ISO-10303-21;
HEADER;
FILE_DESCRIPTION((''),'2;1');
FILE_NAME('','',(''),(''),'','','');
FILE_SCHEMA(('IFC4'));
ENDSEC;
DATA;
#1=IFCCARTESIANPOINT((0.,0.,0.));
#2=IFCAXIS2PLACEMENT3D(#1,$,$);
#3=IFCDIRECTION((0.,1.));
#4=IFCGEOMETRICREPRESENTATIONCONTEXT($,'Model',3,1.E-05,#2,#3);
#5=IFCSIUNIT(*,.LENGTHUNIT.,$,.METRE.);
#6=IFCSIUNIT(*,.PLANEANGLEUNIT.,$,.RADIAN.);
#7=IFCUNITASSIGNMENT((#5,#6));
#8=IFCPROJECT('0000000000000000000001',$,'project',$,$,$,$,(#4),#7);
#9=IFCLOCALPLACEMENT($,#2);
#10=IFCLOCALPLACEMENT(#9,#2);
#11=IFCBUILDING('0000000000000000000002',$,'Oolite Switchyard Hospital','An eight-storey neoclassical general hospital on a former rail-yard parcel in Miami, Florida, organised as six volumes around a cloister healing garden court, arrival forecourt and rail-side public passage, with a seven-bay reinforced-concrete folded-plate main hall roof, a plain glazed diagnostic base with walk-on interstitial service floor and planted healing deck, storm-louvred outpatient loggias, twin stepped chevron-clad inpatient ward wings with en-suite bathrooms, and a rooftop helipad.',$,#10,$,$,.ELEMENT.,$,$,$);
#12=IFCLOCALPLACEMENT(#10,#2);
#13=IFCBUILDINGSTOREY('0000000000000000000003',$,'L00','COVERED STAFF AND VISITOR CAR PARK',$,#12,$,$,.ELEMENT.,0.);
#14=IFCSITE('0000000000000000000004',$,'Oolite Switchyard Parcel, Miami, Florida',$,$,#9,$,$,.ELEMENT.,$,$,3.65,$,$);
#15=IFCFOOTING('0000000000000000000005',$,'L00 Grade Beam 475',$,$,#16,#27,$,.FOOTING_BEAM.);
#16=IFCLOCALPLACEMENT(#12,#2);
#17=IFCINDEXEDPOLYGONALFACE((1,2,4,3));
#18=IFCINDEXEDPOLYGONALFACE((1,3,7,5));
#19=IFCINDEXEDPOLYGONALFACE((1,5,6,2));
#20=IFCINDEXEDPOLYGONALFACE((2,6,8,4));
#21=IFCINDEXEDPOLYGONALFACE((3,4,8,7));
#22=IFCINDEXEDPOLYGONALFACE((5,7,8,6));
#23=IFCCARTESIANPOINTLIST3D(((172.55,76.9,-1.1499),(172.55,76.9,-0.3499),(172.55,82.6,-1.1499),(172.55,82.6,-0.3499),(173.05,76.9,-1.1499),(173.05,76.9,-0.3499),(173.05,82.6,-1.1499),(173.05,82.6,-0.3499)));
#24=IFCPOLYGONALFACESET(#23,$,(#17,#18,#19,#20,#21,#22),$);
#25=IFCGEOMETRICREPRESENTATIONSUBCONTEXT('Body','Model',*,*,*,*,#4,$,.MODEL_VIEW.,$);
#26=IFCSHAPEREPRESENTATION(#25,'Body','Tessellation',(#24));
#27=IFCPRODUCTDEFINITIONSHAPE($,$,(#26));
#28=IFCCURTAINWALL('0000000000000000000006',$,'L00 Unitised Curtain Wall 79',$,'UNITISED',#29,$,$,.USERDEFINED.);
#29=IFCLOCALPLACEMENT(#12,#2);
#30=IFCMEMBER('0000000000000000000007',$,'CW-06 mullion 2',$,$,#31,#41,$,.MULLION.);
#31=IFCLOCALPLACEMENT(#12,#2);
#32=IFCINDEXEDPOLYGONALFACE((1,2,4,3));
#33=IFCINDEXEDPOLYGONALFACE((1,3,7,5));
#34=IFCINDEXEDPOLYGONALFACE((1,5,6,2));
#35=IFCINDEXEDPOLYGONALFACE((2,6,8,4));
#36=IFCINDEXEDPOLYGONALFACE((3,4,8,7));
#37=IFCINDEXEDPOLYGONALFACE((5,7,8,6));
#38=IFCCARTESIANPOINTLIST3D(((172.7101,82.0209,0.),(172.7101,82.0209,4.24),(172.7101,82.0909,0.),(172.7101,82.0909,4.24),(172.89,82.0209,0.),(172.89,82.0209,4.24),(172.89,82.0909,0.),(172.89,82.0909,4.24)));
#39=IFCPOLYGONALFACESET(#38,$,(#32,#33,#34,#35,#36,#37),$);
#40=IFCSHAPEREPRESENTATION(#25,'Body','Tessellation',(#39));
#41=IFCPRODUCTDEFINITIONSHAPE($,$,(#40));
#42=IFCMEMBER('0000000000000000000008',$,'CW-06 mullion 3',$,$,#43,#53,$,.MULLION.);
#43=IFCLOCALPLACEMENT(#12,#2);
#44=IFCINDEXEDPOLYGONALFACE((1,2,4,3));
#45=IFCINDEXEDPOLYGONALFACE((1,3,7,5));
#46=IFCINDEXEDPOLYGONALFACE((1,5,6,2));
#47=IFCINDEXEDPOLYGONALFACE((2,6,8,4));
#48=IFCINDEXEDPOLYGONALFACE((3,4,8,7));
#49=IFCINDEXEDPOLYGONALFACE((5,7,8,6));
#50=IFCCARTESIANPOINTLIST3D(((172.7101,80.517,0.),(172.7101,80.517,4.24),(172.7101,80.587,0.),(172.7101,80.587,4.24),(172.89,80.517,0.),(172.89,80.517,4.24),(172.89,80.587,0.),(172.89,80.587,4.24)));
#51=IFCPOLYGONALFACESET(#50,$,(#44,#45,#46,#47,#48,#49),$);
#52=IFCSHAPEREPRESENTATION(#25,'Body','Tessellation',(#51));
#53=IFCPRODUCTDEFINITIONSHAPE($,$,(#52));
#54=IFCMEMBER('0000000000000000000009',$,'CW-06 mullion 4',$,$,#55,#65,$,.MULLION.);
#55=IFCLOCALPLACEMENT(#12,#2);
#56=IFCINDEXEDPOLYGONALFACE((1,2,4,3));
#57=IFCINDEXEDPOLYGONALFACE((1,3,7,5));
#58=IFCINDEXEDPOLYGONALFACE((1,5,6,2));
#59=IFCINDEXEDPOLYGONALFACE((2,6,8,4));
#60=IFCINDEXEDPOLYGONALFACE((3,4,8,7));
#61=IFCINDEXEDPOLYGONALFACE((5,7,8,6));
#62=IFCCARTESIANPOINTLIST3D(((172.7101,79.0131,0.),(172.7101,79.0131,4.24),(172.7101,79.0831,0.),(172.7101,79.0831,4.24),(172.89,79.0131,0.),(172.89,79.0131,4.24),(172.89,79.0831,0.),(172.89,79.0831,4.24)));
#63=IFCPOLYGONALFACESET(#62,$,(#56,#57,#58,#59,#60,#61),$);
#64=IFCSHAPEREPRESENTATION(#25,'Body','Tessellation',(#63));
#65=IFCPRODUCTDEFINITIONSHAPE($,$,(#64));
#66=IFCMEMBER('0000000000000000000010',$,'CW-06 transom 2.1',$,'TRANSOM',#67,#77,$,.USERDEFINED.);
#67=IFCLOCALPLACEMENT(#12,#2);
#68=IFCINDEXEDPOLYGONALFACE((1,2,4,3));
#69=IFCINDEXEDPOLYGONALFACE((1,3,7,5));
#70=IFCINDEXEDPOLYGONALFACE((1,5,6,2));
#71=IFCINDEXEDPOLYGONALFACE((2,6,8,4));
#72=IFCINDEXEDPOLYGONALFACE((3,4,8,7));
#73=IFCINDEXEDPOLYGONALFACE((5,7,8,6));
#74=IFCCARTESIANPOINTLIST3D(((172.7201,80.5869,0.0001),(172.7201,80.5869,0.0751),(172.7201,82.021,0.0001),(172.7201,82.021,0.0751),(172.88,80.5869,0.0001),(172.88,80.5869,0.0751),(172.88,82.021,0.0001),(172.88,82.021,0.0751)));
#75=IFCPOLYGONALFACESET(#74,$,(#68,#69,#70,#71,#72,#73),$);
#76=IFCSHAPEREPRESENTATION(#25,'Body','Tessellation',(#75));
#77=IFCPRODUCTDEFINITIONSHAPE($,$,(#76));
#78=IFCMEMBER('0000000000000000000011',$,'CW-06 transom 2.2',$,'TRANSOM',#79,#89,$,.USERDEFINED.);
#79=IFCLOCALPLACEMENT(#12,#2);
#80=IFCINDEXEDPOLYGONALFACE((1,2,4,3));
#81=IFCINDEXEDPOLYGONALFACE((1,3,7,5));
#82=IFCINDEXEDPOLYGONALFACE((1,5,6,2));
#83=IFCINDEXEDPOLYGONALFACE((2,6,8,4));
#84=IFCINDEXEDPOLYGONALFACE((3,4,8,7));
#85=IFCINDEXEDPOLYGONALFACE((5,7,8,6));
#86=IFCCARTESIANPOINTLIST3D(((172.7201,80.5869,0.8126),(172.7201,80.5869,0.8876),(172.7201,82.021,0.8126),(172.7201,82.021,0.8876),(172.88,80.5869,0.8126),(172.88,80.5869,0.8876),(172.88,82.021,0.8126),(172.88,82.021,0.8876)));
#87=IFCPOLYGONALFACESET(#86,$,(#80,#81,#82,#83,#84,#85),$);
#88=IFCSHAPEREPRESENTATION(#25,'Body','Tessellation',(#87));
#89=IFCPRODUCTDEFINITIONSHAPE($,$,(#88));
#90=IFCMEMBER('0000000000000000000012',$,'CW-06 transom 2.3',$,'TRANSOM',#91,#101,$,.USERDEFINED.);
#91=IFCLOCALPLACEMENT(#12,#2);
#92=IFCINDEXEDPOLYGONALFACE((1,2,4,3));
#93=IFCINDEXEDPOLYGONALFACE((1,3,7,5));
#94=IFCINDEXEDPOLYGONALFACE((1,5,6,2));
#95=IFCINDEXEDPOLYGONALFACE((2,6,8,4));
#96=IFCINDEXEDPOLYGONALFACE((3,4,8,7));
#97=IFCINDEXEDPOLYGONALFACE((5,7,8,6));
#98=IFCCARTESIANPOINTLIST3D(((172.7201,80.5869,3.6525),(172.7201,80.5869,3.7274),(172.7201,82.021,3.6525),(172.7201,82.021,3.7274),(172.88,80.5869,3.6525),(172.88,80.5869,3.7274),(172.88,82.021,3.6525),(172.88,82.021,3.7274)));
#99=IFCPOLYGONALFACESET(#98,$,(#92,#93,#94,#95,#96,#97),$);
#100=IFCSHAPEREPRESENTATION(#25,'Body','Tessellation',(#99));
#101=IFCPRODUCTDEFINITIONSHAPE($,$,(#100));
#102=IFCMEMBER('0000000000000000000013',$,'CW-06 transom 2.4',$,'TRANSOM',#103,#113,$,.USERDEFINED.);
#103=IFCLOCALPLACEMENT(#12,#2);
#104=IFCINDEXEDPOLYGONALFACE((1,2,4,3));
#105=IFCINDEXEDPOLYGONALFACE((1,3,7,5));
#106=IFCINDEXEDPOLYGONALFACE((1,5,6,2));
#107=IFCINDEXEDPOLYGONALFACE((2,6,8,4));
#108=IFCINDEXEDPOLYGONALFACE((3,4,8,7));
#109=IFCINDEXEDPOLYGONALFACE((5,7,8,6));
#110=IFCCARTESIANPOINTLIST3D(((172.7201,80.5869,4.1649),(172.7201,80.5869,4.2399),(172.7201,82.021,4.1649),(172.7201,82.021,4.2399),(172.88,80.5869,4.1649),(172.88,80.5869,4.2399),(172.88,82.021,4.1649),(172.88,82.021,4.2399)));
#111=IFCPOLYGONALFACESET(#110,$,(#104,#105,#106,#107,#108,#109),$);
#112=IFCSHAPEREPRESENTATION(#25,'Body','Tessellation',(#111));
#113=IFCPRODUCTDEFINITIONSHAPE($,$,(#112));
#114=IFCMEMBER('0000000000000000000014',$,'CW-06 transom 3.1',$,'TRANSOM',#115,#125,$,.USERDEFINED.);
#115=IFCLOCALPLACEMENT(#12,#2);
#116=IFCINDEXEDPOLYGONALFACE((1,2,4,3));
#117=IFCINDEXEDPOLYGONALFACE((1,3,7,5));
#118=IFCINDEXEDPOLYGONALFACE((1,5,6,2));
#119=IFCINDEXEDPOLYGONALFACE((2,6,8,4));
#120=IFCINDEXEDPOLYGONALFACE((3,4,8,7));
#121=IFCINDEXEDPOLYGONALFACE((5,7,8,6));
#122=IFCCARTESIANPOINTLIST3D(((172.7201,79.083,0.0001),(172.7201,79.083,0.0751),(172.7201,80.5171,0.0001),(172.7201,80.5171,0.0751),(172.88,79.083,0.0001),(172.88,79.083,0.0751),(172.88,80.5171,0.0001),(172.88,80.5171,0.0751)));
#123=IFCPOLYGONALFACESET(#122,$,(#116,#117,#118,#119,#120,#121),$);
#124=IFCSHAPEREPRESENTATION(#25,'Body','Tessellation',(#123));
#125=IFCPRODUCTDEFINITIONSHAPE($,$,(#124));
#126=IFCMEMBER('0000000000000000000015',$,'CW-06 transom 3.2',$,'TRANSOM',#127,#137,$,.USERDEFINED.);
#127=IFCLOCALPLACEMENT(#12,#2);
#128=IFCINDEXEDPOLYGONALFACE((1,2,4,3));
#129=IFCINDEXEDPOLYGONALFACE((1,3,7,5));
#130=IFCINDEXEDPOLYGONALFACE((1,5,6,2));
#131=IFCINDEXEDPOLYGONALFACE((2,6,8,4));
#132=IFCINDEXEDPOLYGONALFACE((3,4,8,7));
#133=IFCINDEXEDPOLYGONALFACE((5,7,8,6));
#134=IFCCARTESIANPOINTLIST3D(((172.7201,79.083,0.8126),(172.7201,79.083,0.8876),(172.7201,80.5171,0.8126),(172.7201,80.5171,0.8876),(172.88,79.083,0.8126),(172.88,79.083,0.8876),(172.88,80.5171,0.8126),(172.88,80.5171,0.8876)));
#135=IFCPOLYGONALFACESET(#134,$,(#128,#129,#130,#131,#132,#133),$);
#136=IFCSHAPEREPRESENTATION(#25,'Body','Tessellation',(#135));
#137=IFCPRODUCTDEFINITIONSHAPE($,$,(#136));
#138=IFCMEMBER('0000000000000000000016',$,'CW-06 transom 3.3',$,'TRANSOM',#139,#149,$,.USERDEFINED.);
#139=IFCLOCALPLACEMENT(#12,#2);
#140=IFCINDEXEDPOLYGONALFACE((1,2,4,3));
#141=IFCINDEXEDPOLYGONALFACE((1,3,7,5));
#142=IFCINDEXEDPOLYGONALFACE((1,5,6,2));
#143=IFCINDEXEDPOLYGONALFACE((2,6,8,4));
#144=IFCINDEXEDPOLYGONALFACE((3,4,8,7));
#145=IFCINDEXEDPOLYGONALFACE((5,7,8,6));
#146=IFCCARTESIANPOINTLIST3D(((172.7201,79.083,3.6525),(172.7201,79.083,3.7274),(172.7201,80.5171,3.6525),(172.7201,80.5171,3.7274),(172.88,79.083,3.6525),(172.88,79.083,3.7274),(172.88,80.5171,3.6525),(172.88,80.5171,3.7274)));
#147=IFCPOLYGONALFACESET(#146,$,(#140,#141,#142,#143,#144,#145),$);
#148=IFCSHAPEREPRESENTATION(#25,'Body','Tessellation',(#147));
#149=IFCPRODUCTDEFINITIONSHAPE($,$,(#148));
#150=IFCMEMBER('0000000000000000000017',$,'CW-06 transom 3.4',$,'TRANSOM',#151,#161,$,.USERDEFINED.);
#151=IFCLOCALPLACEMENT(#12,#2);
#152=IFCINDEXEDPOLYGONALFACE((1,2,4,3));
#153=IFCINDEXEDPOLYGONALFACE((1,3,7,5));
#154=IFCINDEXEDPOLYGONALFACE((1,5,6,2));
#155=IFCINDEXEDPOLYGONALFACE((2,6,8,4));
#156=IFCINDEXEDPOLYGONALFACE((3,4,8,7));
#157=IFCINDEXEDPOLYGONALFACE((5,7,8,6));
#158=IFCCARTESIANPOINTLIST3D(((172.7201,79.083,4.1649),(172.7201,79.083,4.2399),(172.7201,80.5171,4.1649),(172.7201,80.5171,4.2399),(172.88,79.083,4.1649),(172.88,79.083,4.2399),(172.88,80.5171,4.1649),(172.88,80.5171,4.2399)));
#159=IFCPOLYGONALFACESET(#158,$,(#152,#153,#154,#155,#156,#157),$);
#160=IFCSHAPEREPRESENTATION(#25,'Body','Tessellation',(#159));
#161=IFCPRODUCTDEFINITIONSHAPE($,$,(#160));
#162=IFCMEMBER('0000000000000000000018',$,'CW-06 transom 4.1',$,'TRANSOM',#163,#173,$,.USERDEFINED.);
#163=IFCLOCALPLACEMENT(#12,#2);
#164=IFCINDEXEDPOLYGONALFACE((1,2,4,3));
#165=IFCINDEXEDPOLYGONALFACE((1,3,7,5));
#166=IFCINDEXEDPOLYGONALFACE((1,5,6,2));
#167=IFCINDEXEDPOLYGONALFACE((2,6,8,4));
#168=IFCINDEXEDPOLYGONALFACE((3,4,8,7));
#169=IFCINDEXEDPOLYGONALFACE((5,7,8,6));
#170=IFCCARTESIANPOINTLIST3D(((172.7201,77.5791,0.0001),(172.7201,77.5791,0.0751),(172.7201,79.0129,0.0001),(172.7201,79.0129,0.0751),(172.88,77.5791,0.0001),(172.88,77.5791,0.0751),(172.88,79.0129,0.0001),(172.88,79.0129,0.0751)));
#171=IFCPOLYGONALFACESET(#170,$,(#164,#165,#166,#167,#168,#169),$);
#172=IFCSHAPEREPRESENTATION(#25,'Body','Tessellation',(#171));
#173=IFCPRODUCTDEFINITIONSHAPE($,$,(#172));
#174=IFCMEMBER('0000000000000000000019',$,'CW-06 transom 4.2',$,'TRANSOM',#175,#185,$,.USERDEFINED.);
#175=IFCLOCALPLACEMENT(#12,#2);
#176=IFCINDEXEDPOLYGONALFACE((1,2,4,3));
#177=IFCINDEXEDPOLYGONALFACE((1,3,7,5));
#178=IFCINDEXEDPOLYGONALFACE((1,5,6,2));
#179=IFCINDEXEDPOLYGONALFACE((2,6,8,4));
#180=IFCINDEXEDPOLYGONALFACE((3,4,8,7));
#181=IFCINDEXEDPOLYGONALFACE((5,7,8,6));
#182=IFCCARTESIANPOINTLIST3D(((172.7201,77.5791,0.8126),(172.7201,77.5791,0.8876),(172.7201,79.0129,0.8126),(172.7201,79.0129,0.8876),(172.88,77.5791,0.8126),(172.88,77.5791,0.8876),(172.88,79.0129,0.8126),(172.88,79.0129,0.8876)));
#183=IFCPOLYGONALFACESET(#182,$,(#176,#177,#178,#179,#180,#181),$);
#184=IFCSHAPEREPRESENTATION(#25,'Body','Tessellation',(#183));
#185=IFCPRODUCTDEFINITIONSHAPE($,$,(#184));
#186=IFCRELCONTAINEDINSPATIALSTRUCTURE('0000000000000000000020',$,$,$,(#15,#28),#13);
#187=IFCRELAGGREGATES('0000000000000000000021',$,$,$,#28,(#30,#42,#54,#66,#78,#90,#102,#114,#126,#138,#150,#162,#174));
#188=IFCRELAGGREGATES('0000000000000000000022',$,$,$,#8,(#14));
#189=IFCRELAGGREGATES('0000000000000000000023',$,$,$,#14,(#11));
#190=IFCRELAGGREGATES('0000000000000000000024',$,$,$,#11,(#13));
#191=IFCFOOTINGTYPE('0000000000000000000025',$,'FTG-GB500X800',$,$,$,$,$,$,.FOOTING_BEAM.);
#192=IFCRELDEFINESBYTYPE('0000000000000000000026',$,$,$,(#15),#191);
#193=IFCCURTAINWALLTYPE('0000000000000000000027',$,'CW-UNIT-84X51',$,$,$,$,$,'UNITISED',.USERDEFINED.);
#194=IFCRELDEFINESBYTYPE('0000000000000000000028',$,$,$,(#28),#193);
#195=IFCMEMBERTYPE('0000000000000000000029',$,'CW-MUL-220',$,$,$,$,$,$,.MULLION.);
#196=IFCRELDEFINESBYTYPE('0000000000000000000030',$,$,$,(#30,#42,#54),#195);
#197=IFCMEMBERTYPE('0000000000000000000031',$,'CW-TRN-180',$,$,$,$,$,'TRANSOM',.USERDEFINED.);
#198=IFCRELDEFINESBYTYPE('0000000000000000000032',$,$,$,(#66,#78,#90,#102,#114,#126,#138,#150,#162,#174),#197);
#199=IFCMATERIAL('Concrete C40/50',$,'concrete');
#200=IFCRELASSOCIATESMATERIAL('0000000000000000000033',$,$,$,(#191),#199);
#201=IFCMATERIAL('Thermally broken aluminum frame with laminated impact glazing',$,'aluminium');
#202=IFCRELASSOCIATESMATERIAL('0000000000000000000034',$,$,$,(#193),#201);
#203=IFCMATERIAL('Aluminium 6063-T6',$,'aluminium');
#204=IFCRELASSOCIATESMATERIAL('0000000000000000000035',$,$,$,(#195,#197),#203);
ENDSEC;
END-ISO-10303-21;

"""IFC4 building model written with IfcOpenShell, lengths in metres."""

from ifc_helpers import new_model, si_unit, direction, frame, origin, origin_2d, place, context, subcontext, project, spatial, rectangle, extrude, material, material_profile, profile_set, type_object, element, aggregate, save


model = new_model("IFC4")

# Units and contexts
model_context = context("Model", 3, precision=1e-05, world=origin(), true_north=direction((0.0, 1.0)))
body_context = subcontext(model_context, "Body", "Model", "MODEL_VIEW")
ifc_project = project(units=[si_unit("LENGTHUNIT", "METRE"), si_unit("PLANEANGLEUNIT", "RADIAN")], contexts=[model_context])

# Site, building, storey
site_placement = place(None, origin())
site = spatial("IfcSite", under=ifc_project, at=site_placement, Name="Oolite Switchyard Parcel, Miami, Florida", CompositionType="ELEMENT", RefElevation=3.65)
building_placement = place(site_placement, origin())
building = spatial("IfcBuilding", under=site, at=building_placement, Name="Oolite Switchyard Hospital", Description="An eight-storey neoclassical general hospital on a former rail-yard parcel in Miami, Florida, organised as six volumes around a cloister healing garden court, arrival forecourt and rail-side public passage, with a seven-bay reinforced-concrete folded-plate main hall roof, a plain glazed diagnostic base with walk-on interstitial service floor and planted healing deck, storm-louvred outpatient loggias, twin stepped chevron-clad inpatient ward wings with en-suite bathrooms, and a rooftop helipad.", CompositionType="ELEMENT")
storey_placement = place(building_placement, origin())
storey = spatial("IfcBuildingStorey", under=building, at=storey_placement, Name="L00", Description="COVERED STAFF AND VISITOR CAR PARK", CompositionType="ELEMENT", Elevation=0.0)

# Footing
ifc_material_1 = material(Name="Concrete C40/50", Category="concrete")
footing_type = type_object("IfcFootingType", Name="FTG-GB500X800", PredefinedType="FOOTING_BEAM", material=ifc_material_1)
footing_placement = place(storey_placement, frame((172.8, 79.75, -1.1499), z_axis=(0.0, 0.0, 1.0), x_axis=(0.0, 1.0, 0.0)))
element("IfcFooting", 1, at=footing_placement, inside=storey, type_object=footing_type, Name="L00 Grade Beam 475", PredefinedType="FOOTING_BEAM", context=body_context, shape_type="SweptSolid", body=[
    extrude(rectangle(XDim=5.7, YDim=0.5, at=origin_2d()), origin(), (0.0, 0.0, 1.0), 0.8),
])

# Curtain wall, members
ifc_material_2 = material(Name="Thermally broken aluminum frame with laminated impact glazing", Category="aluminium")
curtain_wall_type = type_object("IfcCurtainWallType", Name="CW-UNIT-84X51", ElementType="UNITISED", PredefinedType="USERDEFINED", material=ifc_material_2)
curtain_wall_placement = place(storey_placement, origin())
curtain_wall = element("IfcCurtainWall", 2, at=curtain_wall_placement, inside=storey, type_object=curtain_wall_type, Name="L00 Unitised Curtain Wall 79", ObjectType="UNITISED", PredefinedType="USERDEFINED")
ifc_material_3 = material(Name="Aluminium 6063-T6", Category="aluminium")
ifc_material_profile_1 = material_profile(ifc_material_3, rectangle(XDim=0.1799, YDim=0.0701, at=origin_2d()), Name="CWM70X180")
ifc_profile_set_1 = profile_set([ifc_material_profile_1], Name="Aluminium 6063-T6")
member_type_1 = type_object("IfcMemberType", Name="CW-MUL-220", PredefinedType="MULLION", material=ifc_profile_set_1)
member_1_placement = place(storey_placement, frame((172.8, 82.0559, 0.0), z_axis=(0.0, 0.0, 1.0), x_axis=(1.0, 0.0, 0.0)))
member_1 = element("IfcMember", 3, at=member_1_placement, type_object=member_type_1, Name="CW-06 mullion 2", PredefinedType="MULLION", context=body_context, shape_type="SweptSolid", body=[
    extrude(rectangle(XDim=0.1799, YDim=0.0701, at=origin_2d()), origin(), (0.0, 0.0, 1.0), 4.24),
])
member_2_placement = place(storey_placement, frame((172.8, 80.552, 0.0), z_axis=(0.0, 0.0, 1.0), x_axis=(1.0, 0.0, 0.0)))
member_2 = element("IfcMember", 4, at=member_2_placement, type_object=member_type_1, Name="CW-06 mullion 3", PredefinedType="MULLION", context=body_context, shape_type="SweptSolid", body=[
    extrude(rectangle(XDim=0.1799, YDim=0.0701, at=origin_2d()), origin(), (0.0, 0.0, 1.0), 4.24),
])
member_3_placement = place(storey_placement, frame((172.8, 79.0481, 0.0), z_axis=(0.0, 0.0, 1.0), x_axis=(1.0, 0.0, 0.0)))
member_3 = element("IfcMember", 5, at=member_3_placement, type_object=member_type_1, Name="CW-06 mullion 4", PredefinedType="MULLION", context=body_context, shape_type="SweptSolid", body=[
    extrude(rectangle(XDim=0.1799, YDim=0.0701, at=origin_2d()), origin(), (0.0, 0.0, 1.0), 4.24),
])
ifc_material_profile_2 = material_profile(ifc_material_3, rectangle(XDim=0.1599, YDim=0.075, at=origin_2d()), Name="CWT75X160")
ifc_profile_set_2 = profile_set([ifc_material_profile_2], Name="Aluminium 6063-T6")
member_type_2 = type_object("IfcMemberType", Name="CW-TRN-180", ElementType="TRANSOM", PredefinedType="USERDEFINED", material=ifc_profile_set_2)
member_4_placement = place(storey_placement, frame((172.8, 82.021, 0.0376), z_axis=(0.0, -1.0, 0.0), x_axis=(1.0, 0.0, 0.0)))
member_4 = element("IfcMember", 6, at=member_4_placement, type_object=member_type_2, Name="CW-06 transom 2.1", ObjectType="TRANSOM", PredefinedType="USERDEFINED", context=body_context, shape_type="SweptSolid", body=[
    extrude(rectangle(XDim=0.1599, YDim=0.075, at=origin_2d()), origin(), (0.0, 0.0, 1.0), 1.4341),
])
member_5_placement = place(storey_placement, frame((172.8, 82.021, 0.8501), z_axis=(0.0, -1.0, 0.0), x_axis=(1.0, 0.0, 0.0)))
member_5 = element("IfcMember", 7, at=member_5_placement, type_object=member_type_2, Name="CW-06 transom 2.2", ObjectType="TRANSOM", PredefinedType="USERDEFINED", context=body_context, shape_type="SweptSolid", body=[
    extrude(rectangle(XDim=0.1599, YDim=0.075, at=origin_2d()), origin(), (0.0, 0.0, 1.0), 1.4341),
])
member_6_placement = place(storey_placement, frame((172.8, 82.021, 3.6899), z_axis=(0.0, -1.0, 0.0), x_axis=(1.0, 0.0, 0.0)))
member_6 = element("IfcMember", 8, at=member_6_placement, type_object=member_type_2, Name="CW-06 transom 2.3", ObjectType="TRANSOM", PredefinedType="USERDEFINED", context=body_context, shape_type="SweptSolid", body=[
    extrude(rectangle(XDim=0.1599, YDim=0.075, at=origin_2d()), origin(), (0.0, 0.0, 1.0), 1.4341),
])
member_7_placement = place(storey_placement, frame((172.8, 82.021, 4.2024), z_axis=(0.0, -1.0, 0.0), x_axis=(1.0, 0.0, 0.0)))
member_7 = element("IfcMember", 9, at=member_7_placement, type_object=member_type_2, Name="CW-06 transom 2.4", ObjectType="TRANSOM", PredefinedType="USERDEFINED", context=body_context, shape_type="SweptSolid", body=[
    extrude(rectangle(XDim=0.1599, YDim=0.075, at=origin_2d()), origin(), (0.0, 0.0, 1.0), 1.4341),
])
member_8_placement = place(storey_placement, frame((172.8, 80.5171, 0.0376), z_axis=(0.0, -1.0, 0.0), x_axis=(1.0, 0.0, 0.0)))
member_8 = element("IfcMember", 10, at=member_8_placement, type_object=member_type_2, Name="CW-06 transom 3.1", ObjectType="TRANSOM", PredefinedType="USERDEFINED", context=body_context, shape_type="SweptSolid", body=[
    extrude(rectangle(XDim=0.1599, YDim=0.075, at=origin_2d()), origin(), (0.0, 0.0, 1.0), 1.4341),
])
member_9_placement = place(storey_placement, frame((172.8, 80.5171, 0.8501), z_axis=(0.0, -1.0, 0.0), x_axis=(1.0, 0.0, 0.0)))
member_9 = element("IfcMember", 11, at=member_9_placement, type_object=member_type_2, Name="CW-06 transom 3.2", ObjectType="TRANSOM", PredefinedType="USERDEFINED", context=body_context, shape_type="SweptSolid", body=[
    extrude(rectangle(XDim=0.1599, YDim=0.075, at=origin_2d()), origin(), (0.0, 0.0, 1.0), 1.4341),
])
member_10_placement = place(storey_placement, frame((172.8, 80.5171, 3.6899), z_axis=(0.0, -1.0, 0.0), x_axis=(1.0, 0.0, 0.0)))
member_10 = element("IfcMember", 12, at=member_10_placement, type_object=member_type_2, Name="CW-06 transom 3.3", ObjectType="TRANSOM", PredefinedType="USERDEFINED", context=body_context, shape_type="SweptSolid", body=[
    extrude(rectangle(XDim=0.1599, YDim=0.075, at=origin_2d()), origin(), (0.0, 0.0, 1.0), 1.4341),
])
member_11_placement = place(storey_placement, frame((172.8, 80.5171, 4.2024), z_axis=(0.0, -1.0, 0.0), x_axis=(1.0, 0.0, 0.0)))
member_11 = element("IfcMember", 13, at=member_11_placement, type_object=member_type_2, Name="CW-06 transom 3.4", ObjectType="TRANSOM", PredefinedType="USERDEFINED", context=body_context, shape_type="SweptSolid", body=[
    extrude(rectangle(XDim=0.1599, YDim=0.075, at=origin_2d()), origin(), (0.0, 0.0, 1.0), 1.4341),
])
member_12_placement = place(storey_placement, frame((172.8, 79.0129, 0.0376), z_axis=(0.0, -1.0, 0.0), x_axis=(1.0, 0.0, 0.0)))
member_12 = element("IfcMember", 14, at=member_12_placement, type_object=member_type_2, Name="CW-06 transom 4.1", ObjectType="TRANSOM", PredefinedType="USERDEFINED", context=body_context, shape_type="SweptSolid", body=[
    extrude(rectangle(XDim=0.1599, YDim=0.075, at=origin_2d()), origin(), (0.0, 0.0, 1.0), 1.4338),
])
member_13_placement = place(storey_placement, frame((172.8, 79.0129, 0.8501), z_axis=(0.0, -1.0, 0.0), x_axis=(1.0, 0.0, 0.0)))
member_13 = element("IfcMember", 15, at=member_13_placement, type_object=member_type_2, Name="CW-06 transom 4.2", ObjectType="TRANSOM", PredefinedType="USERDEFINED", context=body_context, shape_type="SweptSolid", body=[
    extrude(rectangle(XDim=0.1599, YDim=0.075, at=origin_2d()), origin(), (0.0, 0.0, 1.0), 1.4338),
])
aggregate(curtain_wall, [member_1, member_2, member_3, member_4, member_5, member_6, member_7, member_8, member_9, member_10, member_11, member_12, member_13])

save(model, "model.ifc")
